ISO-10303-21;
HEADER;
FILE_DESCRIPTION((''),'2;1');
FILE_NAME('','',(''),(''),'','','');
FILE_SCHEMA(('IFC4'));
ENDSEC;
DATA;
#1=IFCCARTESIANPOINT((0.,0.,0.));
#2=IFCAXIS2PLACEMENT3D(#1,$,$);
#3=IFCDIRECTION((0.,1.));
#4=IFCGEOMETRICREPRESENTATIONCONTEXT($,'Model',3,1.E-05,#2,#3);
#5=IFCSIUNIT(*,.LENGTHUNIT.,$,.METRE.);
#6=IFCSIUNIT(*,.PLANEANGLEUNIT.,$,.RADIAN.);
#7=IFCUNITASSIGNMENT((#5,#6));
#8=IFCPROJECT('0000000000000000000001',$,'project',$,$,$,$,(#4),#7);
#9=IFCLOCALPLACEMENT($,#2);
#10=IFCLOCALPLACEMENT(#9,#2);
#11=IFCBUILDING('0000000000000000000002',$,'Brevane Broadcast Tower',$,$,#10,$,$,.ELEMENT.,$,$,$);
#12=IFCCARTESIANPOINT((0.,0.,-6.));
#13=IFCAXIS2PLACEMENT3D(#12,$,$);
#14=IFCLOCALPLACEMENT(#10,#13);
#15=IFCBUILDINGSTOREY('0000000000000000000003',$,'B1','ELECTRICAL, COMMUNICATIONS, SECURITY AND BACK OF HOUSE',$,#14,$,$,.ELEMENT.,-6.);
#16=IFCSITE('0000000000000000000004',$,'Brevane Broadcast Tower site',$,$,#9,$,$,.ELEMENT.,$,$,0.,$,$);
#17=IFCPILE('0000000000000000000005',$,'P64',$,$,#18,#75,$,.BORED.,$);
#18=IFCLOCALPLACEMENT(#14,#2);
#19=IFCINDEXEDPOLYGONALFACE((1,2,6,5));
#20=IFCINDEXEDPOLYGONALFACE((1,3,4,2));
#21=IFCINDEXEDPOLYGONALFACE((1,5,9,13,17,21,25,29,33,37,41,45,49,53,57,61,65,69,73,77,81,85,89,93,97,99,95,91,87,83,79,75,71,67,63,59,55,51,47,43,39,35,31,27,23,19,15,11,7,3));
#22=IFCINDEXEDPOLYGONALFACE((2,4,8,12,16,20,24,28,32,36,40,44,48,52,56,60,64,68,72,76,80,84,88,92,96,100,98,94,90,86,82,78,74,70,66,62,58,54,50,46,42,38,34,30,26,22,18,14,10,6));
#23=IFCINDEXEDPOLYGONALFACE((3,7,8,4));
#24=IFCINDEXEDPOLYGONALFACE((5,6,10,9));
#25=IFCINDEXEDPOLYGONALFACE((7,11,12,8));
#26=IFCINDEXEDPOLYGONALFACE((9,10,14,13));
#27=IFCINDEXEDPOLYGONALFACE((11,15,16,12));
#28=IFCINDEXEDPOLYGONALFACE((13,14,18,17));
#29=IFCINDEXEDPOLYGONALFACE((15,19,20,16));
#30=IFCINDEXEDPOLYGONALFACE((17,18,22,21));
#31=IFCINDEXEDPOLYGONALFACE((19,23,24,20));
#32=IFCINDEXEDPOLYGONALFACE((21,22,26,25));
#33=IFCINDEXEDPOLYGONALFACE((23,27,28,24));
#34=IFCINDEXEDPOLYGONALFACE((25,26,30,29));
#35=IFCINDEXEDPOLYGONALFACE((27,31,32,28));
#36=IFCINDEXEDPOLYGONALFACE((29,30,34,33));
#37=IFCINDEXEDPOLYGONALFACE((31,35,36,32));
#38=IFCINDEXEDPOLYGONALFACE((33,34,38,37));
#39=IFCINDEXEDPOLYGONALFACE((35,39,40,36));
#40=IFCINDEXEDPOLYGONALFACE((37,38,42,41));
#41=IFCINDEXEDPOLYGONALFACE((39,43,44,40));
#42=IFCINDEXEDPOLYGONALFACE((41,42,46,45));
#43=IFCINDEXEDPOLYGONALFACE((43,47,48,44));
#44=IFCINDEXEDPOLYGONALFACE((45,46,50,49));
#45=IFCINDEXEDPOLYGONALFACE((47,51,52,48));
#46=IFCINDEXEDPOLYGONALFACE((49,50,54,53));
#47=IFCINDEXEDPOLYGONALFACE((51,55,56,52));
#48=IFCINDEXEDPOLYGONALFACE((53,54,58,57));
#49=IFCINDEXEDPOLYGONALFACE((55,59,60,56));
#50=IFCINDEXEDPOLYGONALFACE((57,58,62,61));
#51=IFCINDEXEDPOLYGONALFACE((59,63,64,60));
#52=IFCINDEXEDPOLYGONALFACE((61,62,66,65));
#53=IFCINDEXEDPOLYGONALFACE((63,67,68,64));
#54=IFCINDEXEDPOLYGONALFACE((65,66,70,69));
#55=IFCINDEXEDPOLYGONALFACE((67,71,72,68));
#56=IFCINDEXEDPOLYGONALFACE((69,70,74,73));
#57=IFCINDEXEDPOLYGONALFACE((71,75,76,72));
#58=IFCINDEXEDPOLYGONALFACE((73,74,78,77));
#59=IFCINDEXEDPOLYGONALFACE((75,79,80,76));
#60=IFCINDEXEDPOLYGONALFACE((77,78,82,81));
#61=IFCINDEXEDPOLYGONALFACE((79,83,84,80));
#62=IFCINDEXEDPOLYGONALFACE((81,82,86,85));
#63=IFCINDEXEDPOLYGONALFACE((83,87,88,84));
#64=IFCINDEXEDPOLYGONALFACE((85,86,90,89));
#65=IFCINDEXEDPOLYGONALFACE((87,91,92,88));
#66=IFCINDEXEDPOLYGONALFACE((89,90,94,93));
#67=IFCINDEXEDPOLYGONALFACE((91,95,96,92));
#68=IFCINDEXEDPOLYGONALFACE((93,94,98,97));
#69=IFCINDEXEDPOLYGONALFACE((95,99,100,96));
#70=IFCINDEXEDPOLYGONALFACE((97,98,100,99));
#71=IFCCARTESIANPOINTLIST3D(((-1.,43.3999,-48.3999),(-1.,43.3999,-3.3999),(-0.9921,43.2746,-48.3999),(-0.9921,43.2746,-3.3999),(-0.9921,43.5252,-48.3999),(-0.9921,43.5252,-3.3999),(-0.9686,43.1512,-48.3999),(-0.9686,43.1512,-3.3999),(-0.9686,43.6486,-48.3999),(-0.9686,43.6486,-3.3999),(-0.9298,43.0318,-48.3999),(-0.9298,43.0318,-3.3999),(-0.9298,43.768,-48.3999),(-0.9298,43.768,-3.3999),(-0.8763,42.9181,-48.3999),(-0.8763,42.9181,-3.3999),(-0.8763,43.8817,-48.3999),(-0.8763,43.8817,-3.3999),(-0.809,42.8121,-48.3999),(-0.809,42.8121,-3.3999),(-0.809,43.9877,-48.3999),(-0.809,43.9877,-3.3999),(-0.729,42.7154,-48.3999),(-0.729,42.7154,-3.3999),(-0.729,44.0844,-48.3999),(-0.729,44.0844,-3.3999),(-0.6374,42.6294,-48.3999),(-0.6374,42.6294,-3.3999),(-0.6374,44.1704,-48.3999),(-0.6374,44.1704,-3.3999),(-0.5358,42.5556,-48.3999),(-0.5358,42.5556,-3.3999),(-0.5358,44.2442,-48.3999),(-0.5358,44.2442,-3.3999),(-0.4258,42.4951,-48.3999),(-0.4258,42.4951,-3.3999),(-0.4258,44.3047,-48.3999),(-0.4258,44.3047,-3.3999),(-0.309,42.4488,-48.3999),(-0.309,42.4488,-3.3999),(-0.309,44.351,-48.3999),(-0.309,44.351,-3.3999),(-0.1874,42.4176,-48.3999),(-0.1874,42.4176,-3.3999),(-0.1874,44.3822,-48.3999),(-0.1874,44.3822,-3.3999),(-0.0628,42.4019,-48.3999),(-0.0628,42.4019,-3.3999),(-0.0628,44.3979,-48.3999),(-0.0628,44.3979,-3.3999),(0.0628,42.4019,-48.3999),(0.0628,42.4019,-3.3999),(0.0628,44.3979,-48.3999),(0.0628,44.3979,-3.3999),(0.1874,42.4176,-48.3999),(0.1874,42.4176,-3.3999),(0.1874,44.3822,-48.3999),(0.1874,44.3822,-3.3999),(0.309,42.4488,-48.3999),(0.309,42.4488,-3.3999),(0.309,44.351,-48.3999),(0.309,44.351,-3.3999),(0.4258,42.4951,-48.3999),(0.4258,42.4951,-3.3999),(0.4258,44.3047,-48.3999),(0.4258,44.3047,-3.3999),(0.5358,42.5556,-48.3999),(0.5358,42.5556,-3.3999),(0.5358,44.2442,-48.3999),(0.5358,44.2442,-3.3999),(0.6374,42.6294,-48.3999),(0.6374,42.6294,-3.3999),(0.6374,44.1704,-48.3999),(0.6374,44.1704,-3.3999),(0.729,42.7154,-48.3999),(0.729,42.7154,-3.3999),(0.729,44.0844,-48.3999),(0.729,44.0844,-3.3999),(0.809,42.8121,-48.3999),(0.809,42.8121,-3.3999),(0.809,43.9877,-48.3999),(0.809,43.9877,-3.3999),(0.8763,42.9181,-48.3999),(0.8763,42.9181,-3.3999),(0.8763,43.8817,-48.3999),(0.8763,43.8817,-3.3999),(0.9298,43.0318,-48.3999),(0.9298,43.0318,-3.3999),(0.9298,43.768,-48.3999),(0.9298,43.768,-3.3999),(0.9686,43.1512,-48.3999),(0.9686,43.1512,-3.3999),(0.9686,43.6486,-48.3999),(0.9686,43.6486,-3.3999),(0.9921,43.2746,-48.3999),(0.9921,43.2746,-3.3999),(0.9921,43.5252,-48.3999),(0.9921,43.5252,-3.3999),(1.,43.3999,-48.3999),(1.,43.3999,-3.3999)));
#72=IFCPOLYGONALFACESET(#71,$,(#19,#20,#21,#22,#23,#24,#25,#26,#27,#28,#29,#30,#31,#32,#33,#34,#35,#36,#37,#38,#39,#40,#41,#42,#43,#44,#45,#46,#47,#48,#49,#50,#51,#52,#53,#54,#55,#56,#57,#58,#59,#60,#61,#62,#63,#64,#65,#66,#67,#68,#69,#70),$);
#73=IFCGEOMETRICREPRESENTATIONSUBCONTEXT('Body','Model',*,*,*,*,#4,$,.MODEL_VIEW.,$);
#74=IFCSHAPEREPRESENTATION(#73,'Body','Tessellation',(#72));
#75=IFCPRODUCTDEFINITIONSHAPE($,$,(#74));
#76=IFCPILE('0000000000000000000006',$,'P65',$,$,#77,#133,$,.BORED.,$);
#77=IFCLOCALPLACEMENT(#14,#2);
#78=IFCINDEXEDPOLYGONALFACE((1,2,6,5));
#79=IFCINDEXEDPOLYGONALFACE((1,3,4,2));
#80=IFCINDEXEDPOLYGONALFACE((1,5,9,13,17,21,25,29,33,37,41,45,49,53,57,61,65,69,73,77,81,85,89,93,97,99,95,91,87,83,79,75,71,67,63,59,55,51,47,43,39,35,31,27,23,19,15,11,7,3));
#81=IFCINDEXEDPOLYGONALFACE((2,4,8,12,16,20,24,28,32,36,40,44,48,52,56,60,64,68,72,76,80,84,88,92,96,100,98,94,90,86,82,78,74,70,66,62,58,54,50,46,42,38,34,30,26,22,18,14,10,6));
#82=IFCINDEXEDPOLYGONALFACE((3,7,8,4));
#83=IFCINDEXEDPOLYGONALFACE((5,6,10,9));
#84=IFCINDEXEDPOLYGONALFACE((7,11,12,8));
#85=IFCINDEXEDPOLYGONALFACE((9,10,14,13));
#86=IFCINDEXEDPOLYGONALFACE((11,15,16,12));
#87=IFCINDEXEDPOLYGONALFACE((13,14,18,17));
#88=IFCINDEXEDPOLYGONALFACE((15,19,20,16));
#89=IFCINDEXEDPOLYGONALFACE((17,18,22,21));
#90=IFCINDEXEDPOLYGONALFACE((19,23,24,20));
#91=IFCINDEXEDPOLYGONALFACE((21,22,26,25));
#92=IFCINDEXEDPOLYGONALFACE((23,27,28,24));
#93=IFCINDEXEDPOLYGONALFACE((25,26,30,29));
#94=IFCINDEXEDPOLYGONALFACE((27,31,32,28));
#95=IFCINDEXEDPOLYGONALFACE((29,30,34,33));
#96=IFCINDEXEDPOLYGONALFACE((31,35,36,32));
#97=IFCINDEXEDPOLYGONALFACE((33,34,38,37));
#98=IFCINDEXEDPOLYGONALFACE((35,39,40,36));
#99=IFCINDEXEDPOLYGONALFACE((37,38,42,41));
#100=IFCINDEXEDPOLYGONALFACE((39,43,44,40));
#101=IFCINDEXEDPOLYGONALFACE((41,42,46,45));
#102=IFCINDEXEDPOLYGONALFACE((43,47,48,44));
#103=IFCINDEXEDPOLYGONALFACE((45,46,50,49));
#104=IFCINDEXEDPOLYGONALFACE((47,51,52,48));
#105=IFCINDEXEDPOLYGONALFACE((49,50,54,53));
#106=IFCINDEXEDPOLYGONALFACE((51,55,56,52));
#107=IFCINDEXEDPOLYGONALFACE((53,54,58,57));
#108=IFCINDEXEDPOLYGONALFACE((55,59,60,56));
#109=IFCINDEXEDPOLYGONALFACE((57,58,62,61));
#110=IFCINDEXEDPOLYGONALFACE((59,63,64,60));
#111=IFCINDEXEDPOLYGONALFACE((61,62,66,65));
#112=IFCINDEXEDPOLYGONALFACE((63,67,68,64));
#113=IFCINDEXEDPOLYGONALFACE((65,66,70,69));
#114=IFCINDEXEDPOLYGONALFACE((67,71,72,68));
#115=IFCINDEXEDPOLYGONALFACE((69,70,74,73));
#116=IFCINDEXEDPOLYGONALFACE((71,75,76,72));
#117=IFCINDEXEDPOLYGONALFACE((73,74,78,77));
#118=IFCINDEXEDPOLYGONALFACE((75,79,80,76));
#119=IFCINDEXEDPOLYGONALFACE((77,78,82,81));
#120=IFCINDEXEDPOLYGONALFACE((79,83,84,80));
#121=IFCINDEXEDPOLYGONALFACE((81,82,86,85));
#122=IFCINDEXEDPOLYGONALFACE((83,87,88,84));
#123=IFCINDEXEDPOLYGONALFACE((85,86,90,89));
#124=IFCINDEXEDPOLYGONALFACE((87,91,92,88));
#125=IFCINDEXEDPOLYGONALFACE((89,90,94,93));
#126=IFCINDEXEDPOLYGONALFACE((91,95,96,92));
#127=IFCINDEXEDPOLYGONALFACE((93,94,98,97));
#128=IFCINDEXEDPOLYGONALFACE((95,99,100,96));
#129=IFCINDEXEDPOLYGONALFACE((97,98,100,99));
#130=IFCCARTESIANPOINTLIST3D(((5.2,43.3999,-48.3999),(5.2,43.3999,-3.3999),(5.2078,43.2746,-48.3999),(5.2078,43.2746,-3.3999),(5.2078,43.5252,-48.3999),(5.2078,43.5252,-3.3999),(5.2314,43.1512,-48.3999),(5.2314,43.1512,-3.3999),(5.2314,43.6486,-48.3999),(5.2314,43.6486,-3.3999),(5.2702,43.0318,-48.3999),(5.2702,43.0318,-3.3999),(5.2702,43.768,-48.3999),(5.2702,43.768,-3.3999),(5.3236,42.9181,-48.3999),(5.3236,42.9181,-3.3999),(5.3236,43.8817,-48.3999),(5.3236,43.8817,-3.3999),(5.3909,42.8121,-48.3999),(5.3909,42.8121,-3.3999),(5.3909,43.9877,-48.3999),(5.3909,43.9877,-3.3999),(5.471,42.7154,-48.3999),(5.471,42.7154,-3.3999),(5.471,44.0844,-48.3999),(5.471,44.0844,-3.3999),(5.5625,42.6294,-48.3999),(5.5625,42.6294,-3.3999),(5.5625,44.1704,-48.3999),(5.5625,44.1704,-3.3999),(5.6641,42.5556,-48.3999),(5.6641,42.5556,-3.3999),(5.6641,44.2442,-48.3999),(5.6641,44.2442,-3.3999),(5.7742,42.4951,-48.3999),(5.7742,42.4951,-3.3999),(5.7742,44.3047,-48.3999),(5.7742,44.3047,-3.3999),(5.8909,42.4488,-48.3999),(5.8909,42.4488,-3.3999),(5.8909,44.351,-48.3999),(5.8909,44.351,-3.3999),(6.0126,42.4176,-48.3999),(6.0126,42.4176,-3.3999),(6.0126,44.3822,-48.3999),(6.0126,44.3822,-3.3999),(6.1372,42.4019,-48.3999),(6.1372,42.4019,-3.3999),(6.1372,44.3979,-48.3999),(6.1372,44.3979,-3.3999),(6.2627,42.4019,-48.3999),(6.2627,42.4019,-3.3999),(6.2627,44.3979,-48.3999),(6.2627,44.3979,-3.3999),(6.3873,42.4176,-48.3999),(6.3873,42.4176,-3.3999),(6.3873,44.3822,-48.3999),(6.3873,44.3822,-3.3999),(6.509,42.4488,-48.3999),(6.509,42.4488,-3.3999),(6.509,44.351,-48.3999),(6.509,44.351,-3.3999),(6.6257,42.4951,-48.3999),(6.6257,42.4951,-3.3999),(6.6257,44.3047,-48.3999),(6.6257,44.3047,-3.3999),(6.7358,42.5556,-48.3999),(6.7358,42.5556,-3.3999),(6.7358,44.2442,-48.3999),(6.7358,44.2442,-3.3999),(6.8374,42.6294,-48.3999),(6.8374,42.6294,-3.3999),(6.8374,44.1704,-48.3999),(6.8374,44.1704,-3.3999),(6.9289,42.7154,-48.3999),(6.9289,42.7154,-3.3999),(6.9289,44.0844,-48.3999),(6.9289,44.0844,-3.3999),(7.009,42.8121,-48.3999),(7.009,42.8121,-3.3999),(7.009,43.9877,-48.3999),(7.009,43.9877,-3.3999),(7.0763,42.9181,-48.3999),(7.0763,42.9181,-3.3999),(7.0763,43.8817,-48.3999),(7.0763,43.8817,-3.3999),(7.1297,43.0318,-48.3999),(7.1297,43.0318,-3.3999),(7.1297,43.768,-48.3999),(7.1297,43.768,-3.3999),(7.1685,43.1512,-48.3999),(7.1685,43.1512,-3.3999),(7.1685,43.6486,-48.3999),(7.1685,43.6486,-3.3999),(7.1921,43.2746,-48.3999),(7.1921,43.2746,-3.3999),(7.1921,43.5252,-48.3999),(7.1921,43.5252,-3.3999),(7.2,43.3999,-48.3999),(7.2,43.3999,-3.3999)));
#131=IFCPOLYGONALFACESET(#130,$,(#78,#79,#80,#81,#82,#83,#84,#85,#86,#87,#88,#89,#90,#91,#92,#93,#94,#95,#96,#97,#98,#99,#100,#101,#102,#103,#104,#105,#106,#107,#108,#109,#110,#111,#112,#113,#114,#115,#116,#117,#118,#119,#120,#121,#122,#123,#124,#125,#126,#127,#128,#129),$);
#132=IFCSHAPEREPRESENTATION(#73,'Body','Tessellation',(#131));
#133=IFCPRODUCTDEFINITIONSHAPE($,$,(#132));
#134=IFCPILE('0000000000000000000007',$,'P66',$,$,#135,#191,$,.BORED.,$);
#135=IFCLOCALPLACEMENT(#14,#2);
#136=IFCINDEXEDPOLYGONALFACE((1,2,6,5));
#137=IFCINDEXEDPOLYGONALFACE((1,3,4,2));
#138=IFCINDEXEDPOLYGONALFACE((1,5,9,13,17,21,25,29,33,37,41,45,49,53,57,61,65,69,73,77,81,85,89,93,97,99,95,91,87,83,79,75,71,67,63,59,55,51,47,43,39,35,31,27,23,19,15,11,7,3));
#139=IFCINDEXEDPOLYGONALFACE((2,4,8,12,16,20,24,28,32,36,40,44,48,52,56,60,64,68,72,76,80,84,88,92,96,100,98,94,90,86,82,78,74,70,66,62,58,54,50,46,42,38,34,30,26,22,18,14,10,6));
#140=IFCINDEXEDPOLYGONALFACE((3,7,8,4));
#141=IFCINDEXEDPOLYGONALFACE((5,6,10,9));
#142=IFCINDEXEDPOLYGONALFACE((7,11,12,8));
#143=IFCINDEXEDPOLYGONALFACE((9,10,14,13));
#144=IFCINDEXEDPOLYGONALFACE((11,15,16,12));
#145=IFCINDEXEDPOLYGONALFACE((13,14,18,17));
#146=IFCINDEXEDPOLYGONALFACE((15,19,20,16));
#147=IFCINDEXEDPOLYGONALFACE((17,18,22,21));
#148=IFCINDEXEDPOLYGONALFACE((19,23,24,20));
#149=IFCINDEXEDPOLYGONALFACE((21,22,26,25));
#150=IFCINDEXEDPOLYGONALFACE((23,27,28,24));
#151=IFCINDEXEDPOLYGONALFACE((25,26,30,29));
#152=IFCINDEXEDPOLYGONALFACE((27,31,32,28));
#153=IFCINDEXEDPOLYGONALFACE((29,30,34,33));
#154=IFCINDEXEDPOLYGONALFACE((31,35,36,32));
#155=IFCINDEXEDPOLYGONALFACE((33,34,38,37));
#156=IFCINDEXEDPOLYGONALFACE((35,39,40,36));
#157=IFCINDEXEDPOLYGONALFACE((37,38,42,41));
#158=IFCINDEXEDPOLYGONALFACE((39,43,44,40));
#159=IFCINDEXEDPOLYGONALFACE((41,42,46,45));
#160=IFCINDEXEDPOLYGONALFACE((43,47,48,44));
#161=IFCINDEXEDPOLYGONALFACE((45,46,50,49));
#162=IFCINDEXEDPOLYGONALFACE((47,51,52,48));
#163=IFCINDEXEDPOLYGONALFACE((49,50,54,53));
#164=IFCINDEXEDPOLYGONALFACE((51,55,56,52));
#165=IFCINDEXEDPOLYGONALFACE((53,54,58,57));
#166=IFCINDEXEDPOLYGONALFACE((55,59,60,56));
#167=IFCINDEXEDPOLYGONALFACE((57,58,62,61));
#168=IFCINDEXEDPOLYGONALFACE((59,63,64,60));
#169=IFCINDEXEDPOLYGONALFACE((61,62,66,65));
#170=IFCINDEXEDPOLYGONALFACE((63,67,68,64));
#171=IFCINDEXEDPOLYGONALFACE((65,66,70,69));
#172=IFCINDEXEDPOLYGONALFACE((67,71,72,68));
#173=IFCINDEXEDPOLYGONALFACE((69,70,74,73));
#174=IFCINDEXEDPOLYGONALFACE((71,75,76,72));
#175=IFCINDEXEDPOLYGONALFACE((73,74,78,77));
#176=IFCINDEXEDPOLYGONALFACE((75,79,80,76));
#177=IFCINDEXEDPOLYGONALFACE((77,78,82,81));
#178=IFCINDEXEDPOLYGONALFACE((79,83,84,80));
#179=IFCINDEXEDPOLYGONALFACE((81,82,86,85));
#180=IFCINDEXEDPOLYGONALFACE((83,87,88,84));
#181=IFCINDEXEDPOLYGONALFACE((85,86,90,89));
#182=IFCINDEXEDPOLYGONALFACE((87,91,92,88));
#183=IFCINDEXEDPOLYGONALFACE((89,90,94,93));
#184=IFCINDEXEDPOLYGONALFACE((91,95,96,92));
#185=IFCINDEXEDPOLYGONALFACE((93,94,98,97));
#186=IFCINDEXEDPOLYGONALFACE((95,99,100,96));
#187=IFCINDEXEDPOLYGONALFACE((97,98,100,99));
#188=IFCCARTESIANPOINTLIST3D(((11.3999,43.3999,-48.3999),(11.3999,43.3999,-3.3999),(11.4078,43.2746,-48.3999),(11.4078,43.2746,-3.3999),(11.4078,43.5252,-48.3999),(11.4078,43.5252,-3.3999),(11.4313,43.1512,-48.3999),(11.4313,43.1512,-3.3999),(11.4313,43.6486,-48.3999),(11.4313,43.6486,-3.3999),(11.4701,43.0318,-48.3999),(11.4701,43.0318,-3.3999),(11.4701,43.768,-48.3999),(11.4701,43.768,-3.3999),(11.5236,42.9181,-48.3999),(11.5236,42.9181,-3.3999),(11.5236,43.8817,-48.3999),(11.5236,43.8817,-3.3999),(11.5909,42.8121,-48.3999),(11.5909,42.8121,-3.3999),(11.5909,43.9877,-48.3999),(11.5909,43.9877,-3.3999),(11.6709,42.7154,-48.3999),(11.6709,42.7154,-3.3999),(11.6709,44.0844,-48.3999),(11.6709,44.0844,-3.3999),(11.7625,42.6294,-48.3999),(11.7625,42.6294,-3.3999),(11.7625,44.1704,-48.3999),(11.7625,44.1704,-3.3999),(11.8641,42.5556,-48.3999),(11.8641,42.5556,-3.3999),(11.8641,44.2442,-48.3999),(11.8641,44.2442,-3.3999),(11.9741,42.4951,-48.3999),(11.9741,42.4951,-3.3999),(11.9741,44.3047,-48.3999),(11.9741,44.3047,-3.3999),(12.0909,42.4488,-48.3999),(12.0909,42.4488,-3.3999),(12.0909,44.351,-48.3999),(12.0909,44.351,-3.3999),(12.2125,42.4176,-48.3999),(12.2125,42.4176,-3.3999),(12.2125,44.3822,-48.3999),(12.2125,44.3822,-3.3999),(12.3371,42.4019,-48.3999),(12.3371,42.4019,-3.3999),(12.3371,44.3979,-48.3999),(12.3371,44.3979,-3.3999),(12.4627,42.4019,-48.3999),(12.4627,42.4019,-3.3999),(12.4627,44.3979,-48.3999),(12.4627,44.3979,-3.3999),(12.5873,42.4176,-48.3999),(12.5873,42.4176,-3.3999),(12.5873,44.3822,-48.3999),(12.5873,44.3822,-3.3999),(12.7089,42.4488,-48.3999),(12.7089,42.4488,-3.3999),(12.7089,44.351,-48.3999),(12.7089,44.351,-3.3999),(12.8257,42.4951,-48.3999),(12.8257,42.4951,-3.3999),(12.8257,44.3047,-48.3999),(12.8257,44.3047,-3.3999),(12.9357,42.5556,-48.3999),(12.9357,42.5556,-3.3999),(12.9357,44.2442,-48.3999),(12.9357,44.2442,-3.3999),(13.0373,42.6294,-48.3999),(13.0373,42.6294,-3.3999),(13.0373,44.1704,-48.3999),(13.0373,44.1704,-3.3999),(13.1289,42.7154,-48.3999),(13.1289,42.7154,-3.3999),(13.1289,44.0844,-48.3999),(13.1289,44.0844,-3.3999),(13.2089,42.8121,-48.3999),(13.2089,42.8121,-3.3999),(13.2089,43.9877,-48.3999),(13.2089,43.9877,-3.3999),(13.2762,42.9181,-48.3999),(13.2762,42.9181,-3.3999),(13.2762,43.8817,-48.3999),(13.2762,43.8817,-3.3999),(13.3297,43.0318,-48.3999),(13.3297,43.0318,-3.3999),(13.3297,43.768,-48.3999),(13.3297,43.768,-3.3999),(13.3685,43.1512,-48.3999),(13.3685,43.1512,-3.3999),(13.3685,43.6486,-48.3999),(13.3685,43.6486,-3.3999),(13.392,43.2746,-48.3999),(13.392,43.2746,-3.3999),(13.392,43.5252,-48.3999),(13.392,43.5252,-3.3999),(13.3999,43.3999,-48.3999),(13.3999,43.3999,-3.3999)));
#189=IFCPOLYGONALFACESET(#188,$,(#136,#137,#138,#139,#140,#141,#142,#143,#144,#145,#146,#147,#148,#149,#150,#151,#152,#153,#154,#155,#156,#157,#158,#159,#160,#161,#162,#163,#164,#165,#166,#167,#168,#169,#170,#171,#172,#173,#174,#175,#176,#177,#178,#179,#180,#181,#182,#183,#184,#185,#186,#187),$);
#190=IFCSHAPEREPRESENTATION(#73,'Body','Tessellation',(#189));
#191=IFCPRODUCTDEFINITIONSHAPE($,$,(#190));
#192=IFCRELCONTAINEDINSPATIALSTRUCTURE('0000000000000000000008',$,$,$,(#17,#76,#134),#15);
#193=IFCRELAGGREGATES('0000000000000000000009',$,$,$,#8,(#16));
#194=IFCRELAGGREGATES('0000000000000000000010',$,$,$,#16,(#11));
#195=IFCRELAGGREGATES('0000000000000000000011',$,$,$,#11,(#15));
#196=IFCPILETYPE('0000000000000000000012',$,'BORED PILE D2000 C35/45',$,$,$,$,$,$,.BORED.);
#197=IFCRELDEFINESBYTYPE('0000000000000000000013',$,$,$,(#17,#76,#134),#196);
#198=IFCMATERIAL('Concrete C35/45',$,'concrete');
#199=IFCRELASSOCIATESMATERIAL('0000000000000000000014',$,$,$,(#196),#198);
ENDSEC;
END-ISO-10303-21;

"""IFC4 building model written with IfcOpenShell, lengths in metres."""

from ifc_helpers import new_model, si_unit, direction, frame, origin, origin_2d, place, context, subcontext, project, spatial, circle, extrude, material, material_profile, profile_set, type_object, element, save


model = new_model("IFC4")

# Units and contexts
model_context = context("Model", 3, precision=1e-05, world=origin(), true_north=direction((0.0, 1.0)))
body_context = subcontext(model_context, "Body", "Model", "MODEL_VIEW")
ifc_project = project(units=[si_unit("LENGTHUNIT", "METRE"), si_unit("PLANEANGLEUNIT", "RADIAN")], contexts=[model_context])

# Site, building, storey
site_placement = place(None, origin())
site = spatial("IfcSite", under=ifc_project, at=site_placement, Name="Brevane Broadcast Tower site", CompositionType="ELEMENT", RefElevation=0.0)
building_placement = place(site_placement, origin())
building = spatial("IfcBuilding", under=site, at=building_placement, Name="Brevane Broadcast Tower", CompositionType="ELEMENT")
storey_placement = place(building_placement, frame((0.0, 0.0, -6.0)))
storey = spatial("IfcBuildingStorey", under=building, at=storey_placement, Name="B1", Description="ELECTRICAL, COMMUNICATIONS, SECURITY AND BACK OF HOUSE", CompositionType="ELEMENT", Elevation=-6.0)

# Piles
ifc_material_1 = material(Name="Concrete C35/45", Category="concrete")
ifc_material_profile_1 = material_profile(ifc_material_1, circle(Radius=1.0, at=origin_2d()), Name="RC D2000")
ifc_profile_set_1 = profile_set([ifc_material_profile_1], Name="Concrete C35/45")
pile_type = type_object("IfcPileType", Name="BORED PILE D2000 C35/45", PredefinedType="BORED", material=ifc_profile_set_1)
for number, where, z_axis, x_axis, name in (
    (1, (0.0, 43.3999, -3.3999), (0.0, 0.0, -1.0), (1.0, 0.0, 0.0), "P64"),
    (2, (6.2, 43.3999, -3.3999), (0.0, 0.0, -1.0), (1.0, 0.0, 0.0), "P65"),
    (3, (12.3999, 43.3999, -3.3999), (0.0, 0.0, -1.0), (1.0, 0.0, 0.0), "P66"),
):
    element("IfcPile", number, at=place(storey_placement, frame(where, z_axis=z_axis, x_axis=x_axis)), inside=storey, type_object=pile_type, Name=name, PredefinedType="BORED", context=body_context, shape_type="SweptSolid", body=[
        extrude(circle(Radius=1.0, at=origin_2d()), origin(), (0.0, 0.0, 1.0), 45.0),
    ])

save(model, "model.ifc")
